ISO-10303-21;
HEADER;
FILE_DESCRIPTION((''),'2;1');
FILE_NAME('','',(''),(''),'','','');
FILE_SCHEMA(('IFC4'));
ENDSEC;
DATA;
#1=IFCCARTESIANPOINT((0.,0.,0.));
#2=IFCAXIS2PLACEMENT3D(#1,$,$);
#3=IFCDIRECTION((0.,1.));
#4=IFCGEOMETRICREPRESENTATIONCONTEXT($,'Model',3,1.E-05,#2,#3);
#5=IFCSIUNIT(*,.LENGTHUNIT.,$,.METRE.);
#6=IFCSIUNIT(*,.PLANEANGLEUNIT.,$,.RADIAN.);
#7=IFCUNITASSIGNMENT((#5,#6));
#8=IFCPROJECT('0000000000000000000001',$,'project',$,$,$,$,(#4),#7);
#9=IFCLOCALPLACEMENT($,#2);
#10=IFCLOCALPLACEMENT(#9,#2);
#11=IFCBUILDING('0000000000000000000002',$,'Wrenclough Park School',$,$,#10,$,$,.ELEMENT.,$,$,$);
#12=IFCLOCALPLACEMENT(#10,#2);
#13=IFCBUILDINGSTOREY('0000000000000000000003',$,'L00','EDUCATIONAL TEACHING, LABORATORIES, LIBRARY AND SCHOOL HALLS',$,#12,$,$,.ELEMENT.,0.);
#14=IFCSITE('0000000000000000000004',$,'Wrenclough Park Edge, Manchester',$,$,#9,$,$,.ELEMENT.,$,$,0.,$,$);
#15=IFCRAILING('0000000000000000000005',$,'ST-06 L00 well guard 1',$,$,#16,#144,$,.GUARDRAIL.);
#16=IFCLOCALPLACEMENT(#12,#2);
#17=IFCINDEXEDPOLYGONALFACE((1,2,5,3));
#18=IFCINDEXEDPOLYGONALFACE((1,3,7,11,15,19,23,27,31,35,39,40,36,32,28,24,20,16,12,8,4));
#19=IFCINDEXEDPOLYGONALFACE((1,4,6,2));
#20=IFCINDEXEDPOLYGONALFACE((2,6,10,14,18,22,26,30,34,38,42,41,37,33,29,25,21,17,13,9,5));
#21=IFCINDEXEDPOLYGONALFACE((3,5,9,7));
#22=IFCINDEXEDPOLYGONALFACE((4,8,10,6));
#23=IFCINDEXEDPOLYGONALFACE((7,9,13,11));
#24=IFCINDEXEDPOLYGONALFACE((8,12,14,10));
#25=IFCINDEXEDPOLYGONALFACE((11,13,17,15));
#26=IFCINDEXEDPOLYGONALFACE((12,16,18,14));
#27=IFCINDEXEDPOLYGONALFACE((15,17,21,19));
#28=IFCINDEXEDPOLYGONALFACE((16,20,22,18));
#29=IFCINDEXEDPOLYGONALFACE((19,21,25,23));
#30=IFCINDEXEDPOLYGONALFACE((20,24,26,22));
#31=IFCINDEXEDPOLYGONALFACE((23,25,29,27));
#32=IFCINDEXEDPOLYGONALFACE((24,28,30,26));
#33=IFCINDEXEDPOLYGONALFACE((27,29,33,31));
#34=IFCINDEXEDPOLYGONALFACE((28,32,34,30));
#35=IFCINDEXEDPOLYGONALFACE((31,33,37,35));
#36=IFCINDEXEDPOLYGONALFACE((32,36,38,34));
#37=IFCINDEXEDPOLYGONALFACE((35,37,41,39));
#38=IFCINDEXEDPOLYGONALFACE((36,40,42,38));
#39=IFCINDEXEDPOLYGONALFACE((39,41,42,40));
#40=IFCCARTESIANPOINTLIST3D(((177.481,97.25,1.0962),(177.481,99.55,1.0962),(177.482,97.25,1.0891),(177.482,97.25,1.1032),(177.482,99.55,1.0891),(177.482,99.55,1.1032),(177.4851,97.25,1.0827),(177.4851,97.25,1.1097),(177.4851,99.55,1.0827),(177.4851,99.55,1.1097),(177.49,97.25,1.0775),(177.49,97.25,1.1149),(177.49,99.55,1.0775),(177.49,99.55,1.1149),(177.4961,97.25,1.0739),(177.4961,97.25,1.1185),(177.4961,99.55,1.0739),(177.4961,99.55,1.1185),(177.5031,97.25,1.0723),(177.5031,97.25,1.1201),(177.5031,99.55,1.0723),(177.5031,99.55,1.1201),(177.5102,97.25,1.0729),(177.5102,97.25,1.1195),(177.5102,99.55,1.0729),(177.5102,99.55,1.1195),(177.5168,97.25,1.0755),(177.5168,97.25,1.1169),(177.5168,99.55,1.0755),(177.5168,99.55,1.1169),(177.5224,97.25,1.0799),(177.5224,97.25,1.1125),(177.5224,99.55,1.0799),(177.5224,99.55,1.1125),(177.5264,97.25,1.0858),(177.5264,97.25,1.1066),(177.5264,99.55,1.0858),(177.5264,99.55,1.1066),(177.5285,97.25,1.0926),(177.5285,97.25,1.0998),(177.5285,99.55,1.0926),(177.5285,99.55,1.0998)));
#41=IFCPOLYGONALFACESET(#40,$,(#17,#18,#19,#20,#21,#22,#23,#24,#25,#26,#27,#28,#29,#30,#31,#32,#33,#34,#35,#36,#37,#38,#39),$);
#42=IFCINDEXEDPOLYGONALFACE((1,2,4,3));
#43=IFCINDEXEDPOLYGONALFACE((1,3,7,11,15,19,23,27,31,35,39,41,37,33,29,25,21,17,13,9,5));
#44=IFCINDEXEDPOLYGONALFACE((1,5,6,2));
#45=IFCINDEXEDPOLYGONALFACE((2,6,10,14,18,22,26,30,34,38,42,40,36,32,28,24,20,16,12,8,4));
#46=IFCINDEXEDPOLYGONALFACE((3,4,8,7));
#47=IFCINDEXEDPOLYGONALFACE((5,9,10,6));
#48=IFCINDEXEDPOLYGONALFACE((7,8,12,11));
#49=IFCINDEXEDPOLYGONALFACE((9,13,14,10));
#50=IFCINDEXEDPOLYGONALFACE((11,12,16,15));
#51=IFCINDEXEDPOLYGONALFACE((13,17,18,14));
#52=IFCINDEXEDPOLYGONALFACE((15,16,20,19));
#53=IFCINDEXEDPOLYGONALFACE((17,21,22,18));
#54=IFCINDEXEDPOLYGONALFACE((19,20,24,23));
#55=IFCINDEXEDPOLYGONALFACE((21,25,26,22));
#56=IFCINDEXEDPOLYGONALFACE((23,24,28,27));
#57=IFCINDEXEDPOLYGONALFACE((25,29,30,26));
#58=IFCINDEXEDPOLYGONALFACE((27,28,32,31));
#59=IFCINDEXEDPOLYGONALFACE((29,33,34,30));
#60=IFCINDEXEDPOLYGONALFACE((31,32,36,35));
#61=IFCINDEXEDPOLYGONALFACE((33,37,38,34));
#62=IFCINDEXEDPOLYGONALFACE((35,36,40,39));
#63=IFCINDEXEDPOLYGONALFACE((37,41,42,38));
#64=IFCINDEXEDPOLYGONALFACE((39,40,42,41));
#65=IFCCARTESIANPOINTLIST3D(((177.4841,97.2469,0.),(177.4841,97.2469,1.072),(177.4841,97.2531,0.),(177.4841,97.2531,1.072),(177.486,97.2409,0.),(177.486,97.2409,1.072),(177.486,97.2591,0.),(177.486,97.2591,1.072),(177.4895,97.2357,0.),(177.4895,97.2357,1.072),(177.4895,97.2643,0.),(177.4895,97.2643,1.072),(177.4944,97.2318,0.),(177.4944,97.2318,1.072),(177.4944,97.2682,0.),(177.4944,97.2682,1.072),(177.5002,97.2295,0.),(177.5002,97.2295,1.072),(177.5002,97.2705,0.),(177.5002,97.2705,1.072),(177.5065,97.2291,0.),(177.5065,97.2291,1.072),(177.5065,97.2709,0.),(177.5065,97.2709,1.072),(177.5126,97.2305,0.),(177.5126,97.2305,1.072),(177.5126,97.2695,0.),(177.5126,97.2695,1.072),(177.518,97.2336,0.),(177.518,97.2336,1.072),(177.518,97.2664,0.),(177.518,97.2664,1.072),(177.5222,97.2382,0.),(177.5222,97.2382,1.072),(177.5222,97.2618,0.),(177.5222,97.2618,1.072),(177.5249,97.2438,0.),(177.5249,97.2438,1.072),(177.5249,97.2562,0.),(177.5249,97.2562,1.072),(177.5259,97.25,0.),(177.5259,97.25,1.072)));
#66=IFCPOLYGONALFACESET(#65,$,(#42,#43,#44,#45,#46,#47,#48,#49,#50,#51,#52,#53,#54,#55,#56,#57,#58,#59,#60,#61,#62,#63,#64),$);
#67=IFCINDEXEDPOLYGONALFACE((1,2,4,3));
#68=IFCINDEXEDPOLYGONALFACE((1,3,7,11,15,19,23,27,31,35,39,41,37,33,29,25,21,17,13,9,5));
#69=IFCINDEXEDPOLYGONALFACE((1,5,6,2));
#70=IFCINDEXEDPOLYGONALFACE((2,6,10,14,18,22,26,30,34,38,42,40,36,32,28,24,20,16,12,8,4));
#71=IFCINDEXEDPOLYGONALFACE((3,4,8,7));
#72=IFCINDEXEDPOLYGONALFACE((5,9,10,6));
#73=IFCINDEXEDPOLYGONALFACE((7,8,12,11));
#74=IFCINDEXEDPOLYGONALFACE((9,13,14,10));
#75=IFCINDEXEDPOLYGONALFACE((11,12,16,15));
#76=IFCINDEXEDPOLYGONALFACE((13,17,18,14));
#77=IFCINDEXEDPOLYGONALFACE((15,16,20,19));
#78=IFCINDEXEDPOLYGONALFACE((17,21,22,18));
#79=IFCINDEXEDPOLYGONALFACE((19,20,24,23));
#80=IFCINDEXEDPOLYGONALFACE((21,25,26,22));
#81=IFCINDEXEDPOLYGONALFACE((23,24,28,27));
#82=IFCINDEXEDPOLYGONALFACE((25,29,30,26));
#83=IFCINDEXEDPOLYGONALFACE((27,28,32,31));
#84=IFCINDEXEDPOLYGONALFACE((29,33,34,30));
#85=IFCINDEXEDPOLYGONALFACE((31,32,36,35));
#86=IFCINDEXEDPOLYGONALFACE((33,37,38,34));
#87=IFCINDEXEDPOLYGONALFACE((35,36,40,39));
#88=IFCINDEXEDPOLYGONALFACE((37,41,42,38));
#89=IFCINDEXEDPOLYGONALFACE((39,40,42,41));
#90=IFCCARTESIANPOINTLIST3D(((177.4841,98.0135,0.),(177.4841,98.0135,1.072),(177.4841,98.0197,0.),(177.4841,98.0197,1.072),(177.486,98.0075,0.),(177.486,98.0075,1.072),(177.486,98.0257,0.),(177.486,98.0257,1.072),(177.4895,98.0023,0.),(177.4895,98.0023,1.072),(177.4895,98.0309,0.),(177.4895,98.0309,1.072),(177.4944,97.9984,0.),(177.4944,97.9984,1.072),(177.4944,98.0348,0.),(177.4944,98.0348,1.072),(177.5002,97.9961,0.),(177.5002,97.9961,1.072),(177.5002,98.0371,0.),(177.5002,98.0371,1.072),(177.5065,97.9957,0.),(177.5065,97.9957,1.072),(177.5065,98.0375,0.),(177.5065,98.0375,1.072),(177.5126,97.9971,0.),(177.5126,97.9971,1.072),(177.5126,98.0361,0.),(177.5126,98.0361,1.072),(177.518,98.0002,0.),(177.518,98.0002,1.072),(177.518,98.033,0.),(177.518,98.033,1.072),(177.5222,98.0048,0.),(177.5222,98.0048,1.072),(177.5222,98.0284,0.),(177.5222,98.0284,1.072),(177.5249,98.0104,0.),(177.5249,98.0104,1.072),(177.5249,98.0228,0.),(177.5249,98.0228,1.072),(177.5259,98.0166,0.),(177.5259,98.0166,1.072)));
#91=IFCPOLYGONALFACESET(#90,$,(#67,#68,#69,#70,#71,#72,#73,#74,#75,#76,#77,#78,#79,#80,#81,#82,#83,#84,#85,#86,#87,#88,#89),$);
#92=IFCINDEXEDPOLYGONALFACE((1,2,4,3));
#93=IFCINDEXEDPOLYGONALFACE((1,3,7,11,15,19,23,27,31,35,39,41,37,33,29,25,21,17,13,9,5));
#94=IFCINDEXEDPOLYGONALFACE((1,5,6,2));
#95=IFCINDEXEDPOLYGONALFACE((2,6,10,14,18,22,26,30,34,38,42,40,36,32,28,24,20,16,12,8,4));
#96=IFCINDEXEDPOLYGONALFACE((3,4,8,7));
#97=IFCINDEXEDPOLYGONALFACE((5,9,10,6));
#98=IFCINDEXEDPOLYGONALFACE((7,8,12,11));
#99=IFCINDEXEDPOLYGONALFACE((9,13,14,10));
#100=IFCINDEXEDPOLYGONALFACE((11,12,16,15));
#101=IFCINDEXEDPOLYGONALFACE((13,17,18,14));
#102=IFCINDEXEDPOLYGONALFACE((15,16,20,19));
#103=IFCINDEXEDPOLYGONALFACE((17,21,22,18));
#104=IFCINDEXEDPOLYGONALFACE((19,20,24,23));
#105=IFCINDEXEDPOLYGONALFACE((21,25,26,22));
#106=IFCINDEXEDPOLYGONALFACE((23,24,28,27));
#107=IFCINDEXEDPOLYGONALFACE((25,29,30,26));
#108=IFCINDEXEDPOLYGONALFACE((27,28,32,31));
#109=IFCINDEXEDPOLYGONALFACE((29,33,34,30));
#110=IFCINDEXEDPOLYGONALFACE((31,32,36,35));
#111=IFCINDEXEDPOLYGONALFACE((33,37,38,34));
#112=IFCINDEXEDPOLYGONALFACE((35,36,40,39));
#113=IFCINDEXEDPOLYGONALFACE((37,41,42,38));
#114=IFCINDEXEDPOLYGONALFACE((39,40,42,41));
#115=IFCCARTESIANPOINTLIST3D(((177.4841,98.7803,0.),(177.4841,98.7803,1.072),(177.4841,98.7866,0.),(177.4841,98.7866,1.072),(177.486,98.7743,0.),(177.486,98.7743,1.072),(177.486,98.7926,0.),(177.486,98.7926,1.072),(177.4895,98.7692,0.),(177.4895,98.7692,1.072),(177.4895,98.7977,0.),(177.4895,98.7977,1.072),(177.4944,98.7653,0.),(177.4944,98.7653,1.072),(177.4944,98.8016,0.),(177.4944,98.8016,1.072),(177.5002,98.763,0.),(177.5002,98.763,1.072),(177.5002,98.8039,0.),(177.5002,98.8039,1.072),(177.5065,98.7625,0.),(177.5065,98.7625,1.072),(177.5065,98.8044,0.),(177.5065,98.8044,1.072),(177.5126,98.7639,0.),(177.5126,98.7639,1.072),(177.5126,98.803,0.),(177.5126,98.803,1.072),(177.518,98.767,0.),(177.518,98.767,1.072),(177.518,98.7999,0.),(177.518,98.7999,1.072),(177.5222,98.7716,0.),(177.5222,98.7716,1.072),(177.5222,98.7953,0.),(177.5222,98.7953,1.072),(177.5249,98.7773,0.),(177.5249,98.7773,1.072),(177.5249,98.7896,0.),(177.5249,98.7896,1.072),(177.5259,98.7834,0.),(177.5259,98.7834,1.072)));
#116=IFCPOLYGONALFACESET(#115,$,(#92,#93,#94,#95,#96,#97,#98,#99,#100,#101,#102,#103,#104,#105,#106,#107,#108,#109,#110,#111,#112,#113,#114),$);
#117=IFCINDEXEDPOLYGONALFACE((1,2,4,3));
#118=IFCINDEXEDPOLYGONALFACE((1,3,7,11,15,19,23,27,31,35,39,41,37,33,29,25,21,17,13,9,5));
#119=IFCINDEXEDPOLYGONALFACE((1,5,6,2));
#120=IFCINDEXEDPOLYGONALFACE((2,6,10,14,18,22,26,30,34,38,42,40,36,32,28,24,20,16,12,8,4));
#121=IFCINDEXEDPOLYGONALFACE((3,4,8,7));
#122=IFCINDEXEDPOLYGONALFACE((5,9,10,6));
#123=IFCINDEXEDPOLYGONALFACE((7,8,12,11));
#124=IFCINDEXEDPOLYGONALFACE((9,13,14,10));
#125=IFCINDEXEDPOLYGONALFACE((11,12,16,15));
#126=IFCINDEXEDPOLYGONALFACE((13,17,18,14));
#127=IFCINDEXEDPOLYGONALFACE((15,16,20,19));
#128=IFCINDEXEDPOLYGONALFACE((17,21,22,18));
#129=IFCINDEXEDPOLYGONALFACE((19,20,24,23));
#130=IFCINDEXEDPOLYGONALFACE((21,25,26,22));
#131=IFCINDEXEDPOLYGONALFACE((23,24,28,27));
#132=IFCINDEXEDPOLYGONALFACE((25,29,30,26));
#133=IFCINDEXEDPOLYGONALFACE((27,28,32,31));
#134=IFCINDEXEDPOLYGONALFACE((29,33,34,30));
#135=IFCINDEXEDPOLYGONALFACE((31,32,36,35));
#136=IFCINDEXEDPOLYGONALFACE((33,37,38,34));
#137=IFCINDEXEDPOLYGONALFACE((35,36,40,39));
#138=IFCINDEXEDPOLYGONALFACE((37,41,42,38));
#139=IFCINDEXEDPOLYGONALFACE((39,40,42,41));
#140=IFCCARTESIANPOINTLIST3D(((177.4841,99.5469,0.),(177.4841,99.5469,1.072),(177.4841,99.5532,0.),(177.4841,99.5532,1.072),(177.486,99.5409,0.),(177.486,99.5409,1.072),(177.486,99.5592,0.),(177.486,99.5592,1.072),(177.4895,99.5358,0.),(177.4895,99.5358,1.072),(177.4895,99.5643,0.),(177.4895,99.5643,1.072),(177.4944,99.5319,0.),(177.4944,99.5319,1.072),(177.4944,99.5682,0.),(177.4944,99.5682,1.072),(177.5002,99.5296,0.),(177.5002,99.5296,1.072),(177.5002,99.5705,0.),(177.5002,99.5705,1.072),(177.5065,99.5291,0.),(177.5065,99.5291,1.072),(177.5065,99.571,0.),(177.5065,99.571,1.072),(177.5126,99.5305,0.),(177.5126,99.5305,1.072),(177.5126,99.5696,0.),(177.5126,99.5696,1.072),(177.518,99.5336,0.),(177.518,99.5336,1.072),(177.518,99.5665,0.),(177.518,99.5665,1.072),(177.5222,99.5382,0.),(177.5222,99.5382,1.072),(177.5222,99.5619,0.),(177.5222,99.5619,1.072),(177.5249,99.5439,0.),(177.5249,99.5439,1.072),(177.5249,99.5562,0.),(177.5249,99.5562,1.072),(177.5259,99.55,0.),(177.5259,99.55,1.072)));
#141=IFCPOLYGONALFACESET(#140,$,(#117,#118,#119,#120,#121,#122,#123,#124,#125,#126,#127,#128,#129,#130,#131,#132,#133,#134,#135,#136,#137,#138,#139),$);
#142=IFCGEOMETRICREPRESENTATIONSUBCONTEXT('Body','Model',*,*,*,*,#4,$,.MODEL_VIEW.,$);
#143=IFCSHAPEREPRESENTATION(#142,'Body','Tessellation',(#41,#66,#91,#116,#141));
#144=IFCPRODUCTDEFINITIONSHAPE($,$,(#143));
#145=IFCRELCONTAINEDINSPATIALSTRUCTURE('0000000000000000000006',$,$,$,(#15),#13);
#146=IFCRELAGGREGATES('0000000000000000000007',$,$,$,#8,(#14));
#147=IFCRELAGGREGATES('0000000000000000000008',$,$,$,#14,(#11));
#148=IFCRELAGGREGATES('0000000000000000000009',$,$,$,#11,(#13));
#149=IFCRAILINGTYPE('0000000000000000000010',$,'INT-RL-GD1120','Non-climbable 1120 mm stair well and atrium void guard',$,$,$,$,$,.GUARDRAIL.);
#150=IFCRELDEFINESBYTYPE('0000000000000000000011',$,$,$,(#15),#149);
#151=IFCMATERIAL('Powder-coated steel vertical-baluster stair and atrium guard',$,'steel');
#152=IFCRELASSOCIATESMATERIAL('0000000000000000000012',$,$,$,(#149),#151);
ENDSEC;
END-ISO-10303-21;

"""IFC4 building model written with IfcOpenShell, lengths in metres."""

from ifc_helpers import new_model, si_unit, direction, frame, origin, origin_2d, place, context, subcontext, project, spatial, circle, extrude, material, type_object, element, save


model = new_model("IFC4")

# Units and contexts
model_context = context("Model", 3, precision=1e-05, world=origin(), true_north=direction((0.0, 1.0)))
body_context = subcontext(model_context, "Body", "Model", "MODEL_VIEW")
ifc_project = project(units=[si_unit("LENGTHUNIT", "METRE"), si_unit("PLANEANGLEUNIT", "RADIAN")], contexts=[model_context])

# Site, building, storey
site_placement = place(None, origin())
site = spatial("IfcSite", under=ifc_project, at=site_placement, Name="Wrenclough Park Edge, Manchester", CompositionType="ELEMENT", RefElevation=0.0)
building_placement = place(site_placement, origin())
building = spatial("IfcBuilding", under=site, at=building_placement, Name="Wrenclough Park School", CompositionType="ELEMENT")
storey_placement = place(building_placement, origin())
storey = spatial("IfcBuildingStorey", under=building, at=storey_placement, Name="L00", Description="EDUCATIONAL TEACHING, LABORATORIES, LIBRARY AND SCHOOL HALLS", CompositionType="ELEMENT", Elevation=0.0)

# Railing
ifc_material_1 = material(Name="Powder-coated steel vertical-baluster stair and atrium guard", Category="steel")
railing_type = type_object("IfcRailingType", Name="INT-RL-GD1120", Description="Non-climbable 1120 mm stair well and atrium void guard", PredefinedType="GUARDRAIL", material=ifc_material_1)
railing_1_placement = place(storey_placement, frame((177.5049, 97.25, 0.0)))
element("IfcRailing", 1, at=railing_1_placement, inside=storey, type_object=railing_type, Name="ST-06 L00 well guard 1", PredefinedType="GUARDRAIL", context=body_context, shape_type="SweptSolid", body=[
    extrude(circle(Radius=0.0239, at=origin_2d()), frame((0.0, 0.0, 1.0962), z_axis=(0.0, 1.0, 0.0), x_axis=(-1.0, 0.0, 0.0)), (0.0, 0.0, 1.0), 2.3),
    extrude(circle(Radius=0.021, at=origin_2d()), origin(), (0.0, 0.0, 1.0), 1.072),
    extrude(circle(Radius=0.021, at=origin_2d()), frame((0.0, 0.7666, 0.0)), (0.0, 0.0, 1.0), 1.072),
    extrude(circle(Radius=0.021, at=origin_2d()), frame((0.0, 1.5334, 0.0)), (0.0, 0.0, 1.0), 1.072),
    extrude(circle(Radius=0.021, at=origin_2d()), frame((0.0, 2.3, 0.0)), (0.0, 0.0, 1.0), 1.072),
])

save(model, "model.ifc")
